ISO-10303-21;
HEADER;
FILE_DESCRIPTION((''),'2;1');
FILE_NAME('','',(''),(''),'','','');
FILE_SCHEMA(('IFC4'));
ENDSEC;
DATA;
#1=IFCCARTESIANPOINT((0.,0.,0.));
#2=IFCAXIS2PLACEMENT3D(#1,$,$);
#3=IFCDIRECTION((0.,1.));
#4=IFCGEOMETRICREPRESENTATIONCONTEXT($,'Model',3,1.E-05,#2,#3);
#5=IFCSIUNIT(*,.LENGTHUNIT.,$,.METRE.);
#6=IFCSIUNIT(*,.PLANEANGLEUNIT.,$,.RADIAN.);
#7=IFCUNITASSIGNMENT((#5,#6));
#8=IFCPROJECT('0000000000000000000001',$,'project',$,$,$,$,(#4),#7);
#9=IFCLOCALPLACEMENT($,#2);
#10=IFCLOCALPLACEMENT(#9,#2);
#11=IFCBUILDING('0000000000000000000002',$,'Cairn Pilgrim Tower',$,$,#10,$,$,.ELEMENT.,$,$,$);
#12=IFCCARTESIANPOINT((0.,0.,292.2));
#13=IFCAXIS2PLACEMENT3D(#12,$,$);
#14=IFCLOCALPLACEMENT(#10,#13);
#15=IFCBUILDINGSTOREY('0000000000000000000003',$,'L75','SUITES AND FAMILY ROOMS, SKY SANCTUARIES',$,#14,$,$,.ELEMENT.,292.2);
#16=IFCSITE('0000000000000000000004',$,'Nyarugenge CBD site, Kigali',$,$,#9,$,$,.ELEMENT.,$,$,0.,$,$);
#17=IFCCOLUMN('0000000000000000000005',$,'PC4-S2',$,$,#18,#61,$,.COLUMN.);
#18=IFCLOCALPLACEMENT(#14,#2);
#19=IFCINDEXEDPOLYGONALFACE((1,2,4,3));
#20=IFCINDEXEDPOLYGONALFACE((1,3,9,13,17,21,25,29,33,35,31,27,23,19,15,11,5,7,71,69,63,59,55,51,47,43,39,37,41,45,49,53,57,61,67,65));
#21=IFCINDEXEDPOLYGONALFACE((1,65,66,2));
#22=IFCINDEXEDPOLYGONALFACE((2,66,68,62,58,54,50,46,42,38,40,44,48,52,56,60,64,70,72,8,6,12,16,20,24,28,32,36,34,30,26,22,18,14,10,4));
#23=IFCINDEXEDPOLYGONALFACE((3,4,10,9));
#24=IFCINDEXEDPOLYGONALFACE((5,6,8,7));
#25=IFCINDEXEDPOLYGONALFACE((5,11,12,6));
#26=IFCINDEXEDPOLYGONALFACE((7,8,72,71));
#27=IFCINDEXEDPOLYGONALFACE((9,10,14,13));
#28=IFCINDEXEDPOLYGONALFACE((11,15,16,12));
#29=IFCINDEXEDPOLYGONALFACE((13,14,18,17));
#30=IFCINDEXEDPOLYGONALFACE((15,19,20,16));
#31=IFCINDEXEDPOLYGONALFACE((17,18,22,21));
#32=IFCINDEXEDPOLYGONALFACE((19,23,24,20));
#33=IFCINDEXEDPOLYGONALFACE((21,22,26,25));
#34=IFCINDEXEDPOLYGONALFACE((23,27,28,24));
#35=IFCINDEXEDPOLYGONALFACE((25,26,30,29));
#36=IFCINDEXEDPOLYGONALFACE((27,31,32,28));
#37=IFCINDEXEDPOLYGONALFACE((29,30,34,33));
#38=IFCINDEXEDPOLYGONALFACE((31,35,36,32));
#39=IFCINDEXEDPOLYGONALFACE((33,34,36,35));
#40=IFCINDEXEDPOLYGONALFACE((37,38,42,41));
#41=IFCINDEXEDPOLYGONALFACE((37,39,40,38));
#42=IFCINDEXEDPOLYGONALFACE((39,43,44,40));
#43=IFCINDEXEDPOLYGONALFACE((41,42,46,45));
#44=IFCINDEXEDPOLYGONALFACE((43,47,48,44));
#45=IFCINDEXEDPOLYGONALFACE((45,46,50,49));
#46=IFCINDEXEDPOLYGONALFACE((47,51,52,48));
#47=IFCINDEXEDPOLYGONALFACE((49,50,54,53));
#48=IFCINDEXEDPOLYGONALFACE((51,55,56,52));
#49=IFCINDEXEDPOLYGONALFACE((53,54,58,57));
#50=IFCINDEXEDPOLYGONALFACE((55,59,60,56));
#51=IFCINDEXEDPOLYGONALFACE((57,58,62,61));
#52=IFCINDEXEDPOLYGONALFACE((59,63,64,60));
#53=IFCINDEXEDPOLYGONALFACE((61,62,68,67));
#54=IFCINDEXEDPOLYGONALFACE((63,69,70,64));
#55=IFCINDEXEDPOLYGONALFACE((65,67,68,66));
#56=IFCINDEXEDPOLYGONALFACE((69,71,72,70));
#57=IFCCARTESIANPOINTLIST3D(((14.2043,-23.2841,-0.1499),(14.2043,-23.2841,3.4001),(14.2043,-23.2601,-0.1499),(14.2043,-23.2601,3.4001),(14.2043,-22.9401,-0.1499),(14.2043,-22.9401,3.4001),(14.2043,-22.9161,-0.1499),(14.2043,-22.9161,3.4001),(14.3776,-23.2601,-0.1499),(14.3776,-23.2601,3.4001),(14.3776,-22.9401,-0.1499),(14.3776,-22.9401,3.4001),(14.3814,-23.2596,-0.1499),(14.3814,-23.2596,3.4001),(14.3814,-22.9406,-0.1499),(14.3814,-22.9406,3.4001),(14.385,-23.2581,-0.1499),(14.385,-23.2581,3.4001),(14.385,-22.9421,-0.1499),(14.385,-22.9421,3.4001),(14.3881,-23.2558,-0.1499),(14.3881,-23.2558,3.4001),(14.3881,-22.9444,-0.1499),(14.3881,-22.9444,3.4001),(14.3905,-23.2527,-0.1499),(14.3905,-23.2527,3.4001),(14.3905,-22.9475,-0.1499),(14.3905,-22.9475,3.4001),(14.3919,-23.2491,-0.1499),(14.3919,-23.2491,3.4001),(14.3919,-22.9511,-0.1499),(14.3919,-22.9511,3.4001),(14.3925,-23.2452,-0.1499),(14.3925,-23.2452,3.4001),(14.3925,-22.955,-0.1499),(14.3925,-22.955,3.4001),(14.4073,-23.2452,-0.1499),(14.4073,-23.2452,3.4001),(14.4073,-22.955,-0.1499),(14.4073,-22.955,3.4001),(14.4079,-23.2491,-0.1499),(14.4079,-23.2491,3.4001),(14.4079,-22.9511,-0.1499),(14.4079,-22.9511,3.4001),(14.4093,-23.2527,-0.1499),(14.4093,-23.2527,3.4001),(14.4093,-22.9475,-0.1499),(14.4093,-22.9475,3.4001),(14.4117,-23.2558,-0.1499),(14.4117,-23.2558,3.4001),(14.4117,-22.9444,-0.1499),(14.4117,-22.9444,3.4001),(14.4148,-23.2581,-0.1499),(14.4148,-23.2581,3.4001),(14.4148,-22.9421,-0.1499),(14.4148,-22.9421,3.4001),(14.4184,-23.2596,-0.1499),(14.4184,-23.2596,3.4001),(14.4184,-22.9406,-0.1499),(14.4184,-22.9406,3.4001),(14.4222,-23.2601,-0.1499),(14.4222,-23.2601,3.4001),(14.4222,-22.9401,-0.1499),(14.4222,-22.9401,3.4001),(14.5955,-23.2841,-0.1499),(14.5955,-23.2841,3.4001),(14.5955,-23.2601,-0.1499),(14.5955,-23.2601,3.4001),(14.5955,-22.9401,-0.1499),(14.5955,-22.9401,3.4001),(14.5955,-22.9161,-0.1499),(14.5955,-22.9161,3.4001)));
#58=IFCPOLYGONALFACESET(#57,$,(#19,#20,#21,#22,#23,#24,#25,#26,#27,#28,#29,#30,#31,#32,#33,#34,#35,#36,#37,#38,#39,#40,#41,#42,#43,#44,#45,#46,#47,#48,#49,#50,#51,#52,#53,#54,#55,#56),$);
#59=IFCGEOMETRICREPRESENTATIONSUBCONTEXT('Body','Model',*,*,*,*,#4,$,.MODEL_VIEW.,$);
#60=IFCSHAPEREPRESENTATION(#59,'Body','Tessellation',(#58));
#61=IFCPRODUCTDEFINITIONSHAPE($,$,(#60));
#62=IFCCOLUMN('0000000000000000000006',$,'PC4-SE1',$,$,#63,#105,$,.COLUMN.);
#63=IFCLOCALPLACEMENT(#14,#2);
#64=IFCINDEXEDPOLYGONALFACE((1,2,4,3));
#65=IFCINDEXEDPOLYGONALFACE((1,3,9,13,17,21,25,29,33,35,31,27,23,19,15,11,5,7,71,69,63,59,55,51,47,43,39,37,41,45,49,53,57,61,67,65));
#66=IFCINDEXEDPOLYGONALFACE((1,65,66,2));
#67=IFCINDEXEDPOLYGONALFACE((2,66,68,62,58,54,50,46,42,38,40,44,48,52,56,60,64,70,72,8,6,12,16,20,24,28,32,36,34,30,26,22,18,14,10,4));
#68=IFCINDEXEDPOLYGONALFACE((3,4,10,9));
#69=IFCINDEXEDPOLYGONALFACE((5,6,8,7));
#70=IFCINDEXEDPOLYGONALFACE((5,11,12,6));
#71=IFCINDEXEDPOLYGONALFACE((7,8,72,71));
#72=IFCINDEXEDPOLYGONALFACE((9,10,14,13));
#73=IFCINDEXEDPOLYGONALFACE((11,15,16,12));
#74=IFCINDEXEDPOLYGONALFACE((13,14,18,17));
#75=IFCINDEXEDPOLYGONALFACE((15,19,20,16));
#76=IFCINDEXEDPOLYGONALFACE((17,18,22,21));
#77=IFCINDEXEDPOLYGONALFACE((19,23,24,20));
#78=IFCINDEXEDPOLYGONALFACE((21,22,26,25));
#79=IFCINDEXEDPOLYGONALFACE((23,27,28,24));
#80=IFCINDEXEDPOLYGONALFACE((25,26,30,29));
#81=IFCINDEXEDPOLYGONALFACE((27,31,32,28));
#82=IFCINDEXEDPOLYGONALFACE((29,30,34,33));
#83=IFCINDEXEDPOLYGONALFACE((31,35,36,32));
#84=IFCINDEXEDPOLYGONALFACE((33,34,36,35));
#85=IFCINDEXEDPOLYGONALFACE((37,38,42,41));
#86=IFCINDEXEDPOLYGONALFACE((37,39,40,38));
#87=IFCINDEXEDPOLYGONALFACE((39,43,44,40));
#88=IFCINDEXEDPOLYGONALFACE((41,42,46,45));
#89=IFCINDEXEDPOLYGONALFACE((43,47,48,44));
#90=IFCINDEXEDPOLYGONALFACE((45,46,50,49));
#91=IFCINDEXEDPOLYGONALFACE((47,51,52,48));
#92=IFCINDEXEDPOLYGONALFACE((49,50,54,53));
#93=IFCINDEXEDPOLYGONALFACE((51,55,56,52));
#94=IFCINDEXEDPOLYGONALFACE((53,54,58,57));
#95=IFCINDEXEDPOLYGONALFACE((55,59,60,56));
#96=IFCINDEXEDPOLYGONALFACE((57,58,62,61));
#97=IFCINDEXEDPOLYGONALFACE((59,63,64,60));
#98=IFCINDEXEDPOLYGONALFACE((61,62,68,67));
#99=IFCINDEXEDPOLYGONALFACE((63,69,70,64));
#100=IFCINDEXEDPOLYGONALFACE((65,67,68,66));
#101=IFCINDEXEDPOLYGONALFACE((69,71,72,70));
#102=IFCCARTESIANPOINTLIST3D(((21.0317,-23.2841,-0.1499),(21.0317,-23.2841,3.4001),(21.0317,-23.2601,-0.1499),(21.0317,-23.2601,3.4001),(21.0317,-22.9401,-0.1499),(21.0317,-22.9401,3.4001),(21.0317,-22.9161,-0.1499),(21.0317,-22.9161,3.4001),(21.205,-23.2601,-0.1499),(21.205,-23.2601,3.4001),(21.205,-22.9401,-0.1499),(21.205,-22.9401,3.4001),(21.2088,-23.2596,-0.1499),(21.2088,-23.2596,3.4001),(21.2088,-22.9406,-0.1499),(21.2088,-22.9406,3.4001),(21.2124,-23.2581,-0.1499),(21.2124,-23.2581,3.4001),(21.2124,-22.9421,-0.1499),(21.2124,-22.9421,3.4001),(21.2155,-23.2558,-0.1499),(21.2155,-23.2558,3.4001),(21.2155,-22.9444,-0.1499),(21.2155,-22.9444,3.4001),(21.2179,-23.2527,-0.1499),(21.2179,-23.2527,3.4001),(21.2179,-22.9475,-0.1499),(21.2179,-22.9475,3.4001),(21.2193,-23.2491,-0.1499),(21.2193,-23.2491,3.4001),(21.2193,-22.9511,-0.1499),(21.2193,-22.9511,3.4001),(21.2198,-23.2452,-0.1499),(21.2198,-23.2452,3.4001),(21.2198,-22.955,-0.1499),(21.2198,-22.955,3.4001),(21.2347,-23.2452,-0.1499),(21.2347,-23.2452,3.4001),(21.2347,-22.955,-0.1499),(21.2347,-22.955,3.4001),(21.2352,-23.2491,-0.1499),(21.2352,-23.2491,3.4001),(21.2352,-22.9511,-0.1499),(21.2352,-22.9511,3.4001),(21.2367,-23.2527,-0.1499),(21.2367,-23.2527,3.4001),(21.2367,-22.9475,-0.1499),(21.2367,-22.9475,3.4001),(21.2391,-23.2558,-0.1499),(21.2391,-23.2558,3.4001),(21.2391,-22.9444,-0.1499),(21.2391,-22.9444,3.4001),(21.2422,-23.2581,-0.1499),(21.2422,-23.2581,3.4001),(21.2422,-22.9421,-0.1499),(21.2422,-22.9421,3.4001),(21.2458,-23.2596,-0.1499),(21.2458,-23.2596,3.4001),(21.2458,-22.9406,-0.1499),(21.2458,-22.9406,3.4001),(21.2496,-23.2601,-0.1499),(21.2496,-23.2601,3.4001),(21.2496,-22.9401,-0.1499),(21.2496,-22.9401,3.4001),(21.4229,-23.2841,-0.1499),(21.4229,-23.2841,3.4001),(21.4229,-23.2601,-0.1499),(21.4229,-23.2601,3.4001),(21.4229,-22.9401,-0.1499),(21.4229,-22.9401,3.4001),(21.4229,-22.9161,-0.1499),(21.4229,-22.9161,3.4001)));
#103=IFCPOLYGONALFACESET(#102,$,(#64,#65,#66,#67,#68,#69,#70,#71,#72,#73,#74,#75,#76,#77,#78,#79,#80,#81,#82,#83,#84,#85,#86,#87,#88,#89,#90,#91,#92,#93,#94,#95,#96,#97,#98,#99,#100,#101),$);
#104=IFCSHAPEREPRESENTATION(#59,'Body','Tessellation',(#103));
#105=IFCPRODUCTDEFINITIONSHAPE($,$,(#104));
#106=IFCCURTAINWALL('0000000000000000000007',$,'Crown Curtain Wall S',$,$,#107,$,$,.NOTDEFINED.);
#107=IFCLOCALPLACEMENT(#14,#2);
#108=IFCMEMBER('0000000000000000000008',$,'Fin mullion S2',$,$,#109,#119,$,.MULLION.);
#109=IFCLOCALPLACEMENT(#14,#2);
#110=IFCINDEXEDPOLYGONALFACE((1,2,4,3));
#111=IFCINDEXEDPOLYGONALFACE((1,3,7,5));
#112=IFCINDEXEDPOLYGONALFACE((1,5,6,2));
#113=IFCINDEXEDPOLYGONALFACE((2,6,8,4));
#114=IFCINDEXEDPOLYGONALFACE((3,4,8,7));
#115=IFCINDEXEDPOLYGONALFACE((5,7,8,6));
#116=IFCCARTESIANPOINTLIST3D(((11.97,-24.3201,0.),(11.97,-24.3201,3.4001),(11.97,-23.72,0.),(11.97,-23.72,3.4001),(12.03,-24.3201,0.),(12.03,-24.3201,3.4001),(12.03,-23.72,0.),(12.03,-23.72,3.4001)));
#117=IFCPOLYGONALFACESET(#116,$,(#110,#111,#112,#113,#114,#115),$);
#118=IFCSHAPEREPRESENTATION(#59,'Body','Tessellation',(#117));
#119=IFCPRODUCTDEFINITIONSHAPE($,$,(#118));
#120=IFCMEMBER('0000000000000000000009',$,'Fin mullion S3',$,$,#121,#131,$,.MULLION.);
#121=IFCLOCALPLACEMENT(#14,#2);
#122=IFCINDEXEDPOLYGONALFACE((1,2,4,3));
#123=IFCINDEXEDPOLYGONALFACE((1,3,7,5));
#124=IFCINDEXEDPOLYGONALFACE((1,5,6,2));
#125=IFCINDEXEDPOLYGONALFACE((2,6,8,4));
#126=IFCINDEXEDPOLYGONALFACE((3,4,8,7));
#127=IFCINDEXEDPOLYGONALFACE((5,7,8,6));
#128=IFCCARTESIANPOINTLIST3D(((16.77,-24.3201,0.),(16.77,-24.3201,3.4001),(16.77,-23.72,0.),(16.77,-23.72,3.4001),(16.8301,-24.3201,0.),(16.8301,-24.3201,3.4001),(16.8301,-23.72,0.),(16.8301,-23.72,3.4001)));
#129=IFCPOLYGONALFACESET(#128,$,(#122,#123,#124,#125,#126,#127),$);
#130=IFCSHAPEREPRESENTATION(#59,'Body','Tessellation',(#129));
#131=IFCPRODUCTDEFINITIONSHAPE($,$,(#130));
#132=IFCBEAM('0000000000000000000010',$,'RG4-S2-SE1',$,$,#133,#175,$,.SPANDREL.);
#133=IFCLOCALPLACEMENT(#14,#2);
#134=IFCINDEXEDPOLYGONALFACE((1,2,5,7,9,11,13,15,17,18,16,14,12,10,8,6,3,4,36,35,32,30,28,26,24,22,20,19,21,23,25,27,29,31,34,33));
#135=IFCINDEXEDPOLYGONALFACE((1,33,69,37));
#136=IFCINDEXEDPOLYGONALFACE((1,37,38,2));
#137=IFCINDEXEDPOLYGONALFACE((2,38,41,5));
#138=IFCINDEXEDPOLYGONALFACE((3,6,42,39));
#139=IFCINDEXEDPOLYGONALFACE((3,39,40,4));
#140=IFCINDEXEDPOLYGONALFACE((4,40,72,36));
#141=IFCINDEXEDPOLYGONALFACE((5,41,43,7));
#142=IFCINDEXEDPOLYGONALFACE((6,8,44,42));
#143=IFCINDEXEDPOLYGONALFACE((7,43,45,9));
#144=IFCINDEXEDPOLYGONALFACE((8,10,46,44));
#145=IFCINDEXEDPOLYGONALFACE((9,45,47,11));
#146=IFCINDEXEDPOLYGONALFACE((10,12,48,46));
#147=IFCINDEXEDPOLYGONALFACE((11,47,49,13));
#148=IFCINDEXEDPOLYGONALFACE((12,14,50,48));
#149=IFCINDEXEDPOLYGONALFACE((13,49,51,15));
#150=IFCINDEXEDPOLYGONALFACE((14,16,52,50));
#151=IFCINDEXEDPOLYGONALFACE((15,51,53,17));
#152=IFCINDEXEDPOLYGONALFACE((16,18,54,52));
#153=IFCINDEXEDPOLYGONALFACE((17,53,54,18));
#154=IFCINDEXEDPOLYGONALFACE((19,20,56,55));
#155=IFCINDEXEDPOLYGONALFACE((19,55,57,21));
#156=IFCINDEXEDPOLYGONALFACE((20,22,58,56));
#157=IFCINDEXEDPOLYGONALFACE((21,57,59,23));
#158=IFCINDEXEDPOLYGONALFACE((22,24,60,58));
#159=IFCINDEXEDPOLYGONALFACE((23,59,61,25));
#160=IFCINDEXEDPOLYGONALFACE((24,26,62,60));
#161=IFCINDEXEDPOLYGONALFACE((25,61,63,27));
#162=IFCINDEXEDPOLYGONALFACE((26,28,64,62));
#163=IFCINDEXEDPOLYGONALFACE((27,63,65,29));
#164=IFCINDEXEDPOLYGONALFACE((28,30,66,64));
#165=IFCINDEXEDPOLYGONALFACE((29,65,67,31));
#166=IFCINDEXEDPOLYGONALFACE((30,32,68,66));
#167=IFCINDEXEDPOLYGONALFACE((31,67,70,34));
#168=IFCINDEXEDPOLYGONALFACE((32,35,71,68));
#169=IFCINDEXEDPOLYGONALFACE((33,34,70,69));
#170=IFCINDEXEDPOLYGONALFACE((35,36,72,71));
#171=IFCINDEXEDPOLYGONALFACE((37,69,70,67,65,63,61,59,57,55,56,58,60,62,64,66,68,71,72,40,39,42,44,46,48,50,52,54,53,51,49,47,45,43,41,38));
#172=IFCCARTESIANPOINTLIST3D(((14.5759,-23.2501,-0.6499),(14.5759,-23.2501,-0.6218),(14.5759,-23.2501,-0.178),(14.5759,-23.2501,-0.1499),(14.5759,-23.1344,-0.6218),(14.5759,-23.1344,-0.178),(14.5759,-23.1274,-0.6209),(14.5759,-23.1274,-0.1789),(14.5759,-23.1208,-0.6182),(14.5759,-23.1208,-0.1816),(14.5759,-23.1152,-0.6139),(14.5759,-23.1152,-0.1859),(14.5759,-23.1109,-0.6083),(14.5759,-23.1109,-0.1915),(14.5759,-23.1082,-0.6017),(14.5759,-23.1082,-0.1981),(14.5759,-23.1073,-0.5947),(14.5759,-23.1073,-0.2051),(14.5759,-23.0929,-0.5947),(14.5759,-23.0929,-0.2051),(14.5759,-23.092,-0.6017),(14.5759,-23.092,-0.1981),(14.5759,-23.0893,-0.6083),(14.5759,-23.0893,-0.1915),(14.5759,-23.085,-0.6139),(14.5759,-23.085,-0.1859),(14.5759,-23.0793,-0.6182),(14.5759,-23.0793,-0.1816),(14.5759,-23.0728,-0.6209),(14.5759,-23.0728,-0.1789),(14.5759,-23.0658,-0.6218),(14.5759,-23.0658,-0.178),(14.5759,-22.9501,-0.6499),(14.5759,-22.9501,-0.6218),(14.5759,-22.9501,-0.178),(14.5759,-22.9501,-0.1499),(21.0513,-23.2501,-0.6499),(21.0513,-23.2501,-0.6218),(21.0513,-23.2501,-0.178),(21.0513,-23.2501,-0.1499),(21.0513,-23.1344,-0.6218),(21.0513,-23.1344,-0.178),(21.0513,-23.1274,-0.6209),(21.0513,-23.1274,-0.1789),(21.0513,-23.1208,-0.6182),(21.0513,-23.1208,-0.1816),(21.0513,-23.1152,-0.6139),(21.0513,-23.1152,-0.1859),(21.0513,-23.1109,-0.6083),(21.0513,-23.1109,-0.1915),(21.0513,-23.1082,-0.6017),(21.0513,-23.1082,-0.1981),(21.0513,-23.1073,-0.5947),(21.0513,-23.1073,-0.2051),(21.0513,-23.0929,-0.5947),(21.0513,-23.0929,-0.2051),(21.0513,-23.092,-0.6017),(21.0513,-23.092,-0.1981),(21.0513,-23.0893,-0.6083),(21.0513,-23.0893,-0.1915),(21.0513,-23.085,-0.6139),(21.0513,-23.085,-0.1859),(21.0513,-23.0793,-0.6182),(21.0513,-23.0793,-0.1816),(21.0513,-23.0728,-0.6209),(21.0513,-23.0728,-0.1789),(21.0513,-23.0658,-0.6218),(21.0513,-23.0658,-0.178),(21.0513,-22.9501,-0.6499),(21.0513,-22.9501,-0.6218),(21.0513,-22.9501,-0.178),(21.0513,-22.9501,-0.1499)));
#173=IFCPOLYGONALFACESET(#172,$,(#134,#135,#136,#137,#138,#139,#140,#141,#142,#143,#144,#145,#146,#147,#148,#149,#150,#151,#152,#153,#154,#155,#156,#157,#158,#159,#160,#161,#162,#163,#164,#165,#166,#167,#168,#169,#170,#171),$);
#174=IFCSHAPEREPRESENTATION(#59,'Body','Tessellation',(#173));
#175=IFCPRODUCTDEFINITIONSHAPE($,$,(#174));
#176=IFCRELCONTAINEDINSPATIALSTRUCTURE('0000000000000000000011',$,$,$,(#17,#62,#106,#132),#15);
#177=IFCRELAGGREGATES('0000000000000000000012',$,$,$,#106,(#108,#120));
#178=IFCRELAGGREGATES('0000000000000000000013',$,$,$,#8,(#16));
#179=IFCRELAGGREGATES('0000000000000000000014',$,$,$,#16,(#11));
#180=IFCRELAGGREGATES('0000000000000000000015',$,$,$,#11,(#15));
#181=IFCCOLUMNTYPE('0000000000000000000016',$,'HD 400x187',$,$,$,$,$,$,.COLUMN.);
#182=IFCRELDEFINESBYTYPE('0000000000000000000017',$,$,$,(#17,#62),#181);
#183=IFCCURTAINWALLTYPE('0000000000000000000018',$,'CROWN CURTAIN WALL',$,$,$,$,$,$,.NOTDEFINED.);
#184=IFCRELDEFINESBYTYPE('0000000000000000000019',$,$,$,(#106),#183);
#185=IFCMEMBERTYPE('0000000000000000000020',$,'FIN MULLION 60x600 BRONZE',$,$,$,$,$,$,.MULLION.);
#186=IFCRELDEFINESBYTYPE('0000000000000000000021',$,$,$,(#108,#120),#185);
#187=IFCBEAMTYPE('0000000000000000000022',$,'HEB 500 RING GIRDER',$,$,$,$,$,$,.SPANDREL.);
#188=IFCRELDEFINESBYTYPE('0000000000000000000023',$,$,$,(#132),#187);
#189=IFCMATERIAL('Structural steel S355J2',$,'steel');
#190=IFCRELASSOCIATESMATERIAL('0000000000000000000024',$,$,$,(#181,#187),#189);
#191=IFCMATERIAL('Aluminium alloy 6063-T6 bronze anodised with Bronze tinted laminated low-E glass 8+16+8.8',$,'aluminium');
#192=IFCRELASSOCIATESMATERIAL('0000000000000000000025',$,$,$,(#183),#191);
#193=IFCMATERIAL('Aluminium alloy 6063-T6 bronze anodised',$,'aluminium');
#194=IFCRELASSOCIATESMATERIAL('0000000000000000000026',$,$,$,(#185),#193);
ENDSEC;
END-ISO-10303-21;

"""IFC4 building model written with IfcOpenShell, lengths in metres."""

from ifc_helpers import new_model, si_unit, direction, frame, origin, origin_2d, place, context, subcontext, project, spatial, rectangle, i_section, extrude, material, material_profile, profile_set, type_object, element, aggregate, save


model = new_model("IFC4")

# Units and contexts
model_context = context("Model", 3, precision=1e-05, world=origin(), true_north=direction((0.0, 1.0)))
body_context = subcontext(model_context, "Body", "Model", "MODEL_VIEW")
ifc_project = project(units=[si_unit("LENGTHUNIT", "METRE"), si_unit("PLANEANGLEUNIT", "RADIAN")], contexts=[model_context])

# Site, building, storey
site_placement = place(None, origin())
site = spatial("IfcSite", under=ifc_project, at=site_placement, Name="Nyarugenge CBD site, Kigali", CompositionType="ELEMENT", RefElevation=0.0)
building_placement = place(site_placement, origin())
building = spatial("IfcBuilding", under=site, at=building_placement, Name="Cairn Pilgrim Tower", CompositionType="ELEMENT")
storey_placement = place(building_placement, frame((0.0, 0.0, 292.2)))
storey = spatial("IfcBuildingStorey", under=building, at=storey_placement, Name="L75", Description="SUITES AND FAMILY ROOMS, SKY SANCTUARIES", CompositionType="ELEMENT", Elevation=292.2)

# Columns
ifc_material_1 = material(Name="Structural steel S355J2", Category="steel")
ifc_material_profile_1 = material_profile(ifc_material_1, i_section(OverallWidth=0.3911, OverallDepth=0.3679, WebThickness=0.0149, FlangeThickness=0.0239, FilletRadius=0.0149, at=origin_2d()), Name="HD 400x187")
ifc_profile_set_1 = profile_set([ifc_material_profile_1], Name="Structural steel S355J2")
column_type = type_object("IfcColumnType", Name="HD 400x187", PredefinedType="COLUMN", material=ifc_profile_set_1)
for number, where, z_axis, x_axis, name in (
    (1, (14.3999, -23.1001, -0.1499), (0.0, 0.0, 1.0), (1.0, 0.0, 0.0), "PC4-S2"),
    (2, (21.2273, -23.1001, -0.1499), (0.0, 0.0, 1.0), (1.0, 0.0, 0.0), "PC4-SE1"),
):
    element("IfcColumn", number, at=place(storey_placement, frame(where, z_axis=z_axis, x_axis=x_axis)), inside=storey, type_object=column_type, Name=name, PredefinedType="COLUMN", context=body_context, shape_type="SweptSolid", body=[
        extrude(i_section(OverallWidth=0.3911, OverallDepth=0.3679, WebThickness=0.0149, FlangeThickness=0.0239, FilletRadius=0.0149, at=origin_2d()), origin(), (0.0, 0.0, 1.0), 3.55),
    ])

# Curtain wall, members
ifc_material_2 = material(Name="Aluminium alloy 6063-T6 bronze anodised with Bronze tinted laminated low-E glass 8+16+8.8", Category="aluminium")
curtain_wall_type = type_object("IfcCurtainWallType", Name="CROWN CURTAIN WALL", PredefinedType="NOTDEFINED", material=ifc_material_2)
curtain_wall_placement = place(storey_placement, origin())
curtain_wall = element("IfcCurtainWall", 3, at=curtain_wall_placement, inside=storey, type_object=curtain_wall_type, Name="Crown Curtain Wall S", PredefinedType="NOTDEFINED")
ifc_material_3 = material(Name="Aluminium alloy 6063-T6 bronze anodised", Category="aluminium")
ifc_material_profile_2 = material_profile(ifc_material_3, rectangle(XDim=0.6001, YDim=0.0601, at=origin_2d()), Name="FIN MULLION 60x600 BRONZE")
ifc_profile_set_2 = profile_set([ifc_material_profile_2], Name="Aluminium alloy 6063-T6 bronze anodised")
member_type_1 = type_object("IfcMemberType", Name="FIN MULLION 60x600 BRONZE", PredefinedType="MULLION", material=ifc_profile_set_2)
member_1_placement = place(storey_placement, frame((12.0, -24.02, 0.0), z_axis=(0.0, 0.0, 1.0), x_axis=(0.0, -1.0, 0.0)))
member_1 = element("IfcMember", 4, at=member_1_placement, type_object=member_type_1, Name="Fin mullion S2", PredefinedType="MULLION", context=body_context, shape_type="SweptSolid", body=[
    extrude(rectangle(XDim=0.6001, YDim=0.0601, at=origin_2d()), origin(), (0.0, 0.0, 1.0), 3.4001),
])
member_2_placement = place(storey_placement, frame((16.8, -24.02, 0.0), z_axis=(0.0, 0.0, 1.0), x_axis=(0.0, -1.0, 0.0)))
member_2 = element("IfcMember", 5, at=member_2_placement, type_object=member_type_1, Name="Fin mullion S3", PredefinedType="MULLION", context=body_context, shape_type="SweptSolid", body=[
    extrude(rectangle(XDim=0.6001, YDim=0.0601, at=origin_2d()), origin(), (0.0, 0.0, 1.0), 3.4001),
])

# Beam
ifc_material_profile_3 = material_profile(ifc_material_1, i_section(OverallWidth=0.3, OverallDepth=0.5, WebThickness=0.0144, FlangeThickness=0.0281, FilletRadius=0.0271, at=origin_2d()), Name="HEB 500")
ifc_profile_set_3 = profile_set([ifc_material_profile_3], Name="Structural steel S355J2")
beam_type_1 = type_object("IfcBeamType", Name="HEB 500 RING GIRDER", PredefinedType="SPANDREL", material=ifc_profile_set_3)
beam_1_placement = place(storey_placement, frame((14.5759, -23.1001, -0.3999), z_axis=(1.0, 0.0, 0.0), x_axis=(0.0, 1.0, 0.0)))
element("IfcBeam", 6, at=beam_1_placement, inside=storey, type_object=beam_type_1, Name="RG4-S2-SE1", PredefinedType="SPANDREL", context=body_context, shape_type="SweptSolid", body=[
    extrude(i_section(OverallWidth=0.3, OverallDepth=0.5, WebThickness=0.0144, FlangeThickness=0.0281, FilletRadius=0.0271, at=origin_2d()), origin(), (0.0, 0.0, 1.0), 6.4753),
])

aggregate(curtain_wall, [member_1, member_2])

save(model, "model.ifc")
